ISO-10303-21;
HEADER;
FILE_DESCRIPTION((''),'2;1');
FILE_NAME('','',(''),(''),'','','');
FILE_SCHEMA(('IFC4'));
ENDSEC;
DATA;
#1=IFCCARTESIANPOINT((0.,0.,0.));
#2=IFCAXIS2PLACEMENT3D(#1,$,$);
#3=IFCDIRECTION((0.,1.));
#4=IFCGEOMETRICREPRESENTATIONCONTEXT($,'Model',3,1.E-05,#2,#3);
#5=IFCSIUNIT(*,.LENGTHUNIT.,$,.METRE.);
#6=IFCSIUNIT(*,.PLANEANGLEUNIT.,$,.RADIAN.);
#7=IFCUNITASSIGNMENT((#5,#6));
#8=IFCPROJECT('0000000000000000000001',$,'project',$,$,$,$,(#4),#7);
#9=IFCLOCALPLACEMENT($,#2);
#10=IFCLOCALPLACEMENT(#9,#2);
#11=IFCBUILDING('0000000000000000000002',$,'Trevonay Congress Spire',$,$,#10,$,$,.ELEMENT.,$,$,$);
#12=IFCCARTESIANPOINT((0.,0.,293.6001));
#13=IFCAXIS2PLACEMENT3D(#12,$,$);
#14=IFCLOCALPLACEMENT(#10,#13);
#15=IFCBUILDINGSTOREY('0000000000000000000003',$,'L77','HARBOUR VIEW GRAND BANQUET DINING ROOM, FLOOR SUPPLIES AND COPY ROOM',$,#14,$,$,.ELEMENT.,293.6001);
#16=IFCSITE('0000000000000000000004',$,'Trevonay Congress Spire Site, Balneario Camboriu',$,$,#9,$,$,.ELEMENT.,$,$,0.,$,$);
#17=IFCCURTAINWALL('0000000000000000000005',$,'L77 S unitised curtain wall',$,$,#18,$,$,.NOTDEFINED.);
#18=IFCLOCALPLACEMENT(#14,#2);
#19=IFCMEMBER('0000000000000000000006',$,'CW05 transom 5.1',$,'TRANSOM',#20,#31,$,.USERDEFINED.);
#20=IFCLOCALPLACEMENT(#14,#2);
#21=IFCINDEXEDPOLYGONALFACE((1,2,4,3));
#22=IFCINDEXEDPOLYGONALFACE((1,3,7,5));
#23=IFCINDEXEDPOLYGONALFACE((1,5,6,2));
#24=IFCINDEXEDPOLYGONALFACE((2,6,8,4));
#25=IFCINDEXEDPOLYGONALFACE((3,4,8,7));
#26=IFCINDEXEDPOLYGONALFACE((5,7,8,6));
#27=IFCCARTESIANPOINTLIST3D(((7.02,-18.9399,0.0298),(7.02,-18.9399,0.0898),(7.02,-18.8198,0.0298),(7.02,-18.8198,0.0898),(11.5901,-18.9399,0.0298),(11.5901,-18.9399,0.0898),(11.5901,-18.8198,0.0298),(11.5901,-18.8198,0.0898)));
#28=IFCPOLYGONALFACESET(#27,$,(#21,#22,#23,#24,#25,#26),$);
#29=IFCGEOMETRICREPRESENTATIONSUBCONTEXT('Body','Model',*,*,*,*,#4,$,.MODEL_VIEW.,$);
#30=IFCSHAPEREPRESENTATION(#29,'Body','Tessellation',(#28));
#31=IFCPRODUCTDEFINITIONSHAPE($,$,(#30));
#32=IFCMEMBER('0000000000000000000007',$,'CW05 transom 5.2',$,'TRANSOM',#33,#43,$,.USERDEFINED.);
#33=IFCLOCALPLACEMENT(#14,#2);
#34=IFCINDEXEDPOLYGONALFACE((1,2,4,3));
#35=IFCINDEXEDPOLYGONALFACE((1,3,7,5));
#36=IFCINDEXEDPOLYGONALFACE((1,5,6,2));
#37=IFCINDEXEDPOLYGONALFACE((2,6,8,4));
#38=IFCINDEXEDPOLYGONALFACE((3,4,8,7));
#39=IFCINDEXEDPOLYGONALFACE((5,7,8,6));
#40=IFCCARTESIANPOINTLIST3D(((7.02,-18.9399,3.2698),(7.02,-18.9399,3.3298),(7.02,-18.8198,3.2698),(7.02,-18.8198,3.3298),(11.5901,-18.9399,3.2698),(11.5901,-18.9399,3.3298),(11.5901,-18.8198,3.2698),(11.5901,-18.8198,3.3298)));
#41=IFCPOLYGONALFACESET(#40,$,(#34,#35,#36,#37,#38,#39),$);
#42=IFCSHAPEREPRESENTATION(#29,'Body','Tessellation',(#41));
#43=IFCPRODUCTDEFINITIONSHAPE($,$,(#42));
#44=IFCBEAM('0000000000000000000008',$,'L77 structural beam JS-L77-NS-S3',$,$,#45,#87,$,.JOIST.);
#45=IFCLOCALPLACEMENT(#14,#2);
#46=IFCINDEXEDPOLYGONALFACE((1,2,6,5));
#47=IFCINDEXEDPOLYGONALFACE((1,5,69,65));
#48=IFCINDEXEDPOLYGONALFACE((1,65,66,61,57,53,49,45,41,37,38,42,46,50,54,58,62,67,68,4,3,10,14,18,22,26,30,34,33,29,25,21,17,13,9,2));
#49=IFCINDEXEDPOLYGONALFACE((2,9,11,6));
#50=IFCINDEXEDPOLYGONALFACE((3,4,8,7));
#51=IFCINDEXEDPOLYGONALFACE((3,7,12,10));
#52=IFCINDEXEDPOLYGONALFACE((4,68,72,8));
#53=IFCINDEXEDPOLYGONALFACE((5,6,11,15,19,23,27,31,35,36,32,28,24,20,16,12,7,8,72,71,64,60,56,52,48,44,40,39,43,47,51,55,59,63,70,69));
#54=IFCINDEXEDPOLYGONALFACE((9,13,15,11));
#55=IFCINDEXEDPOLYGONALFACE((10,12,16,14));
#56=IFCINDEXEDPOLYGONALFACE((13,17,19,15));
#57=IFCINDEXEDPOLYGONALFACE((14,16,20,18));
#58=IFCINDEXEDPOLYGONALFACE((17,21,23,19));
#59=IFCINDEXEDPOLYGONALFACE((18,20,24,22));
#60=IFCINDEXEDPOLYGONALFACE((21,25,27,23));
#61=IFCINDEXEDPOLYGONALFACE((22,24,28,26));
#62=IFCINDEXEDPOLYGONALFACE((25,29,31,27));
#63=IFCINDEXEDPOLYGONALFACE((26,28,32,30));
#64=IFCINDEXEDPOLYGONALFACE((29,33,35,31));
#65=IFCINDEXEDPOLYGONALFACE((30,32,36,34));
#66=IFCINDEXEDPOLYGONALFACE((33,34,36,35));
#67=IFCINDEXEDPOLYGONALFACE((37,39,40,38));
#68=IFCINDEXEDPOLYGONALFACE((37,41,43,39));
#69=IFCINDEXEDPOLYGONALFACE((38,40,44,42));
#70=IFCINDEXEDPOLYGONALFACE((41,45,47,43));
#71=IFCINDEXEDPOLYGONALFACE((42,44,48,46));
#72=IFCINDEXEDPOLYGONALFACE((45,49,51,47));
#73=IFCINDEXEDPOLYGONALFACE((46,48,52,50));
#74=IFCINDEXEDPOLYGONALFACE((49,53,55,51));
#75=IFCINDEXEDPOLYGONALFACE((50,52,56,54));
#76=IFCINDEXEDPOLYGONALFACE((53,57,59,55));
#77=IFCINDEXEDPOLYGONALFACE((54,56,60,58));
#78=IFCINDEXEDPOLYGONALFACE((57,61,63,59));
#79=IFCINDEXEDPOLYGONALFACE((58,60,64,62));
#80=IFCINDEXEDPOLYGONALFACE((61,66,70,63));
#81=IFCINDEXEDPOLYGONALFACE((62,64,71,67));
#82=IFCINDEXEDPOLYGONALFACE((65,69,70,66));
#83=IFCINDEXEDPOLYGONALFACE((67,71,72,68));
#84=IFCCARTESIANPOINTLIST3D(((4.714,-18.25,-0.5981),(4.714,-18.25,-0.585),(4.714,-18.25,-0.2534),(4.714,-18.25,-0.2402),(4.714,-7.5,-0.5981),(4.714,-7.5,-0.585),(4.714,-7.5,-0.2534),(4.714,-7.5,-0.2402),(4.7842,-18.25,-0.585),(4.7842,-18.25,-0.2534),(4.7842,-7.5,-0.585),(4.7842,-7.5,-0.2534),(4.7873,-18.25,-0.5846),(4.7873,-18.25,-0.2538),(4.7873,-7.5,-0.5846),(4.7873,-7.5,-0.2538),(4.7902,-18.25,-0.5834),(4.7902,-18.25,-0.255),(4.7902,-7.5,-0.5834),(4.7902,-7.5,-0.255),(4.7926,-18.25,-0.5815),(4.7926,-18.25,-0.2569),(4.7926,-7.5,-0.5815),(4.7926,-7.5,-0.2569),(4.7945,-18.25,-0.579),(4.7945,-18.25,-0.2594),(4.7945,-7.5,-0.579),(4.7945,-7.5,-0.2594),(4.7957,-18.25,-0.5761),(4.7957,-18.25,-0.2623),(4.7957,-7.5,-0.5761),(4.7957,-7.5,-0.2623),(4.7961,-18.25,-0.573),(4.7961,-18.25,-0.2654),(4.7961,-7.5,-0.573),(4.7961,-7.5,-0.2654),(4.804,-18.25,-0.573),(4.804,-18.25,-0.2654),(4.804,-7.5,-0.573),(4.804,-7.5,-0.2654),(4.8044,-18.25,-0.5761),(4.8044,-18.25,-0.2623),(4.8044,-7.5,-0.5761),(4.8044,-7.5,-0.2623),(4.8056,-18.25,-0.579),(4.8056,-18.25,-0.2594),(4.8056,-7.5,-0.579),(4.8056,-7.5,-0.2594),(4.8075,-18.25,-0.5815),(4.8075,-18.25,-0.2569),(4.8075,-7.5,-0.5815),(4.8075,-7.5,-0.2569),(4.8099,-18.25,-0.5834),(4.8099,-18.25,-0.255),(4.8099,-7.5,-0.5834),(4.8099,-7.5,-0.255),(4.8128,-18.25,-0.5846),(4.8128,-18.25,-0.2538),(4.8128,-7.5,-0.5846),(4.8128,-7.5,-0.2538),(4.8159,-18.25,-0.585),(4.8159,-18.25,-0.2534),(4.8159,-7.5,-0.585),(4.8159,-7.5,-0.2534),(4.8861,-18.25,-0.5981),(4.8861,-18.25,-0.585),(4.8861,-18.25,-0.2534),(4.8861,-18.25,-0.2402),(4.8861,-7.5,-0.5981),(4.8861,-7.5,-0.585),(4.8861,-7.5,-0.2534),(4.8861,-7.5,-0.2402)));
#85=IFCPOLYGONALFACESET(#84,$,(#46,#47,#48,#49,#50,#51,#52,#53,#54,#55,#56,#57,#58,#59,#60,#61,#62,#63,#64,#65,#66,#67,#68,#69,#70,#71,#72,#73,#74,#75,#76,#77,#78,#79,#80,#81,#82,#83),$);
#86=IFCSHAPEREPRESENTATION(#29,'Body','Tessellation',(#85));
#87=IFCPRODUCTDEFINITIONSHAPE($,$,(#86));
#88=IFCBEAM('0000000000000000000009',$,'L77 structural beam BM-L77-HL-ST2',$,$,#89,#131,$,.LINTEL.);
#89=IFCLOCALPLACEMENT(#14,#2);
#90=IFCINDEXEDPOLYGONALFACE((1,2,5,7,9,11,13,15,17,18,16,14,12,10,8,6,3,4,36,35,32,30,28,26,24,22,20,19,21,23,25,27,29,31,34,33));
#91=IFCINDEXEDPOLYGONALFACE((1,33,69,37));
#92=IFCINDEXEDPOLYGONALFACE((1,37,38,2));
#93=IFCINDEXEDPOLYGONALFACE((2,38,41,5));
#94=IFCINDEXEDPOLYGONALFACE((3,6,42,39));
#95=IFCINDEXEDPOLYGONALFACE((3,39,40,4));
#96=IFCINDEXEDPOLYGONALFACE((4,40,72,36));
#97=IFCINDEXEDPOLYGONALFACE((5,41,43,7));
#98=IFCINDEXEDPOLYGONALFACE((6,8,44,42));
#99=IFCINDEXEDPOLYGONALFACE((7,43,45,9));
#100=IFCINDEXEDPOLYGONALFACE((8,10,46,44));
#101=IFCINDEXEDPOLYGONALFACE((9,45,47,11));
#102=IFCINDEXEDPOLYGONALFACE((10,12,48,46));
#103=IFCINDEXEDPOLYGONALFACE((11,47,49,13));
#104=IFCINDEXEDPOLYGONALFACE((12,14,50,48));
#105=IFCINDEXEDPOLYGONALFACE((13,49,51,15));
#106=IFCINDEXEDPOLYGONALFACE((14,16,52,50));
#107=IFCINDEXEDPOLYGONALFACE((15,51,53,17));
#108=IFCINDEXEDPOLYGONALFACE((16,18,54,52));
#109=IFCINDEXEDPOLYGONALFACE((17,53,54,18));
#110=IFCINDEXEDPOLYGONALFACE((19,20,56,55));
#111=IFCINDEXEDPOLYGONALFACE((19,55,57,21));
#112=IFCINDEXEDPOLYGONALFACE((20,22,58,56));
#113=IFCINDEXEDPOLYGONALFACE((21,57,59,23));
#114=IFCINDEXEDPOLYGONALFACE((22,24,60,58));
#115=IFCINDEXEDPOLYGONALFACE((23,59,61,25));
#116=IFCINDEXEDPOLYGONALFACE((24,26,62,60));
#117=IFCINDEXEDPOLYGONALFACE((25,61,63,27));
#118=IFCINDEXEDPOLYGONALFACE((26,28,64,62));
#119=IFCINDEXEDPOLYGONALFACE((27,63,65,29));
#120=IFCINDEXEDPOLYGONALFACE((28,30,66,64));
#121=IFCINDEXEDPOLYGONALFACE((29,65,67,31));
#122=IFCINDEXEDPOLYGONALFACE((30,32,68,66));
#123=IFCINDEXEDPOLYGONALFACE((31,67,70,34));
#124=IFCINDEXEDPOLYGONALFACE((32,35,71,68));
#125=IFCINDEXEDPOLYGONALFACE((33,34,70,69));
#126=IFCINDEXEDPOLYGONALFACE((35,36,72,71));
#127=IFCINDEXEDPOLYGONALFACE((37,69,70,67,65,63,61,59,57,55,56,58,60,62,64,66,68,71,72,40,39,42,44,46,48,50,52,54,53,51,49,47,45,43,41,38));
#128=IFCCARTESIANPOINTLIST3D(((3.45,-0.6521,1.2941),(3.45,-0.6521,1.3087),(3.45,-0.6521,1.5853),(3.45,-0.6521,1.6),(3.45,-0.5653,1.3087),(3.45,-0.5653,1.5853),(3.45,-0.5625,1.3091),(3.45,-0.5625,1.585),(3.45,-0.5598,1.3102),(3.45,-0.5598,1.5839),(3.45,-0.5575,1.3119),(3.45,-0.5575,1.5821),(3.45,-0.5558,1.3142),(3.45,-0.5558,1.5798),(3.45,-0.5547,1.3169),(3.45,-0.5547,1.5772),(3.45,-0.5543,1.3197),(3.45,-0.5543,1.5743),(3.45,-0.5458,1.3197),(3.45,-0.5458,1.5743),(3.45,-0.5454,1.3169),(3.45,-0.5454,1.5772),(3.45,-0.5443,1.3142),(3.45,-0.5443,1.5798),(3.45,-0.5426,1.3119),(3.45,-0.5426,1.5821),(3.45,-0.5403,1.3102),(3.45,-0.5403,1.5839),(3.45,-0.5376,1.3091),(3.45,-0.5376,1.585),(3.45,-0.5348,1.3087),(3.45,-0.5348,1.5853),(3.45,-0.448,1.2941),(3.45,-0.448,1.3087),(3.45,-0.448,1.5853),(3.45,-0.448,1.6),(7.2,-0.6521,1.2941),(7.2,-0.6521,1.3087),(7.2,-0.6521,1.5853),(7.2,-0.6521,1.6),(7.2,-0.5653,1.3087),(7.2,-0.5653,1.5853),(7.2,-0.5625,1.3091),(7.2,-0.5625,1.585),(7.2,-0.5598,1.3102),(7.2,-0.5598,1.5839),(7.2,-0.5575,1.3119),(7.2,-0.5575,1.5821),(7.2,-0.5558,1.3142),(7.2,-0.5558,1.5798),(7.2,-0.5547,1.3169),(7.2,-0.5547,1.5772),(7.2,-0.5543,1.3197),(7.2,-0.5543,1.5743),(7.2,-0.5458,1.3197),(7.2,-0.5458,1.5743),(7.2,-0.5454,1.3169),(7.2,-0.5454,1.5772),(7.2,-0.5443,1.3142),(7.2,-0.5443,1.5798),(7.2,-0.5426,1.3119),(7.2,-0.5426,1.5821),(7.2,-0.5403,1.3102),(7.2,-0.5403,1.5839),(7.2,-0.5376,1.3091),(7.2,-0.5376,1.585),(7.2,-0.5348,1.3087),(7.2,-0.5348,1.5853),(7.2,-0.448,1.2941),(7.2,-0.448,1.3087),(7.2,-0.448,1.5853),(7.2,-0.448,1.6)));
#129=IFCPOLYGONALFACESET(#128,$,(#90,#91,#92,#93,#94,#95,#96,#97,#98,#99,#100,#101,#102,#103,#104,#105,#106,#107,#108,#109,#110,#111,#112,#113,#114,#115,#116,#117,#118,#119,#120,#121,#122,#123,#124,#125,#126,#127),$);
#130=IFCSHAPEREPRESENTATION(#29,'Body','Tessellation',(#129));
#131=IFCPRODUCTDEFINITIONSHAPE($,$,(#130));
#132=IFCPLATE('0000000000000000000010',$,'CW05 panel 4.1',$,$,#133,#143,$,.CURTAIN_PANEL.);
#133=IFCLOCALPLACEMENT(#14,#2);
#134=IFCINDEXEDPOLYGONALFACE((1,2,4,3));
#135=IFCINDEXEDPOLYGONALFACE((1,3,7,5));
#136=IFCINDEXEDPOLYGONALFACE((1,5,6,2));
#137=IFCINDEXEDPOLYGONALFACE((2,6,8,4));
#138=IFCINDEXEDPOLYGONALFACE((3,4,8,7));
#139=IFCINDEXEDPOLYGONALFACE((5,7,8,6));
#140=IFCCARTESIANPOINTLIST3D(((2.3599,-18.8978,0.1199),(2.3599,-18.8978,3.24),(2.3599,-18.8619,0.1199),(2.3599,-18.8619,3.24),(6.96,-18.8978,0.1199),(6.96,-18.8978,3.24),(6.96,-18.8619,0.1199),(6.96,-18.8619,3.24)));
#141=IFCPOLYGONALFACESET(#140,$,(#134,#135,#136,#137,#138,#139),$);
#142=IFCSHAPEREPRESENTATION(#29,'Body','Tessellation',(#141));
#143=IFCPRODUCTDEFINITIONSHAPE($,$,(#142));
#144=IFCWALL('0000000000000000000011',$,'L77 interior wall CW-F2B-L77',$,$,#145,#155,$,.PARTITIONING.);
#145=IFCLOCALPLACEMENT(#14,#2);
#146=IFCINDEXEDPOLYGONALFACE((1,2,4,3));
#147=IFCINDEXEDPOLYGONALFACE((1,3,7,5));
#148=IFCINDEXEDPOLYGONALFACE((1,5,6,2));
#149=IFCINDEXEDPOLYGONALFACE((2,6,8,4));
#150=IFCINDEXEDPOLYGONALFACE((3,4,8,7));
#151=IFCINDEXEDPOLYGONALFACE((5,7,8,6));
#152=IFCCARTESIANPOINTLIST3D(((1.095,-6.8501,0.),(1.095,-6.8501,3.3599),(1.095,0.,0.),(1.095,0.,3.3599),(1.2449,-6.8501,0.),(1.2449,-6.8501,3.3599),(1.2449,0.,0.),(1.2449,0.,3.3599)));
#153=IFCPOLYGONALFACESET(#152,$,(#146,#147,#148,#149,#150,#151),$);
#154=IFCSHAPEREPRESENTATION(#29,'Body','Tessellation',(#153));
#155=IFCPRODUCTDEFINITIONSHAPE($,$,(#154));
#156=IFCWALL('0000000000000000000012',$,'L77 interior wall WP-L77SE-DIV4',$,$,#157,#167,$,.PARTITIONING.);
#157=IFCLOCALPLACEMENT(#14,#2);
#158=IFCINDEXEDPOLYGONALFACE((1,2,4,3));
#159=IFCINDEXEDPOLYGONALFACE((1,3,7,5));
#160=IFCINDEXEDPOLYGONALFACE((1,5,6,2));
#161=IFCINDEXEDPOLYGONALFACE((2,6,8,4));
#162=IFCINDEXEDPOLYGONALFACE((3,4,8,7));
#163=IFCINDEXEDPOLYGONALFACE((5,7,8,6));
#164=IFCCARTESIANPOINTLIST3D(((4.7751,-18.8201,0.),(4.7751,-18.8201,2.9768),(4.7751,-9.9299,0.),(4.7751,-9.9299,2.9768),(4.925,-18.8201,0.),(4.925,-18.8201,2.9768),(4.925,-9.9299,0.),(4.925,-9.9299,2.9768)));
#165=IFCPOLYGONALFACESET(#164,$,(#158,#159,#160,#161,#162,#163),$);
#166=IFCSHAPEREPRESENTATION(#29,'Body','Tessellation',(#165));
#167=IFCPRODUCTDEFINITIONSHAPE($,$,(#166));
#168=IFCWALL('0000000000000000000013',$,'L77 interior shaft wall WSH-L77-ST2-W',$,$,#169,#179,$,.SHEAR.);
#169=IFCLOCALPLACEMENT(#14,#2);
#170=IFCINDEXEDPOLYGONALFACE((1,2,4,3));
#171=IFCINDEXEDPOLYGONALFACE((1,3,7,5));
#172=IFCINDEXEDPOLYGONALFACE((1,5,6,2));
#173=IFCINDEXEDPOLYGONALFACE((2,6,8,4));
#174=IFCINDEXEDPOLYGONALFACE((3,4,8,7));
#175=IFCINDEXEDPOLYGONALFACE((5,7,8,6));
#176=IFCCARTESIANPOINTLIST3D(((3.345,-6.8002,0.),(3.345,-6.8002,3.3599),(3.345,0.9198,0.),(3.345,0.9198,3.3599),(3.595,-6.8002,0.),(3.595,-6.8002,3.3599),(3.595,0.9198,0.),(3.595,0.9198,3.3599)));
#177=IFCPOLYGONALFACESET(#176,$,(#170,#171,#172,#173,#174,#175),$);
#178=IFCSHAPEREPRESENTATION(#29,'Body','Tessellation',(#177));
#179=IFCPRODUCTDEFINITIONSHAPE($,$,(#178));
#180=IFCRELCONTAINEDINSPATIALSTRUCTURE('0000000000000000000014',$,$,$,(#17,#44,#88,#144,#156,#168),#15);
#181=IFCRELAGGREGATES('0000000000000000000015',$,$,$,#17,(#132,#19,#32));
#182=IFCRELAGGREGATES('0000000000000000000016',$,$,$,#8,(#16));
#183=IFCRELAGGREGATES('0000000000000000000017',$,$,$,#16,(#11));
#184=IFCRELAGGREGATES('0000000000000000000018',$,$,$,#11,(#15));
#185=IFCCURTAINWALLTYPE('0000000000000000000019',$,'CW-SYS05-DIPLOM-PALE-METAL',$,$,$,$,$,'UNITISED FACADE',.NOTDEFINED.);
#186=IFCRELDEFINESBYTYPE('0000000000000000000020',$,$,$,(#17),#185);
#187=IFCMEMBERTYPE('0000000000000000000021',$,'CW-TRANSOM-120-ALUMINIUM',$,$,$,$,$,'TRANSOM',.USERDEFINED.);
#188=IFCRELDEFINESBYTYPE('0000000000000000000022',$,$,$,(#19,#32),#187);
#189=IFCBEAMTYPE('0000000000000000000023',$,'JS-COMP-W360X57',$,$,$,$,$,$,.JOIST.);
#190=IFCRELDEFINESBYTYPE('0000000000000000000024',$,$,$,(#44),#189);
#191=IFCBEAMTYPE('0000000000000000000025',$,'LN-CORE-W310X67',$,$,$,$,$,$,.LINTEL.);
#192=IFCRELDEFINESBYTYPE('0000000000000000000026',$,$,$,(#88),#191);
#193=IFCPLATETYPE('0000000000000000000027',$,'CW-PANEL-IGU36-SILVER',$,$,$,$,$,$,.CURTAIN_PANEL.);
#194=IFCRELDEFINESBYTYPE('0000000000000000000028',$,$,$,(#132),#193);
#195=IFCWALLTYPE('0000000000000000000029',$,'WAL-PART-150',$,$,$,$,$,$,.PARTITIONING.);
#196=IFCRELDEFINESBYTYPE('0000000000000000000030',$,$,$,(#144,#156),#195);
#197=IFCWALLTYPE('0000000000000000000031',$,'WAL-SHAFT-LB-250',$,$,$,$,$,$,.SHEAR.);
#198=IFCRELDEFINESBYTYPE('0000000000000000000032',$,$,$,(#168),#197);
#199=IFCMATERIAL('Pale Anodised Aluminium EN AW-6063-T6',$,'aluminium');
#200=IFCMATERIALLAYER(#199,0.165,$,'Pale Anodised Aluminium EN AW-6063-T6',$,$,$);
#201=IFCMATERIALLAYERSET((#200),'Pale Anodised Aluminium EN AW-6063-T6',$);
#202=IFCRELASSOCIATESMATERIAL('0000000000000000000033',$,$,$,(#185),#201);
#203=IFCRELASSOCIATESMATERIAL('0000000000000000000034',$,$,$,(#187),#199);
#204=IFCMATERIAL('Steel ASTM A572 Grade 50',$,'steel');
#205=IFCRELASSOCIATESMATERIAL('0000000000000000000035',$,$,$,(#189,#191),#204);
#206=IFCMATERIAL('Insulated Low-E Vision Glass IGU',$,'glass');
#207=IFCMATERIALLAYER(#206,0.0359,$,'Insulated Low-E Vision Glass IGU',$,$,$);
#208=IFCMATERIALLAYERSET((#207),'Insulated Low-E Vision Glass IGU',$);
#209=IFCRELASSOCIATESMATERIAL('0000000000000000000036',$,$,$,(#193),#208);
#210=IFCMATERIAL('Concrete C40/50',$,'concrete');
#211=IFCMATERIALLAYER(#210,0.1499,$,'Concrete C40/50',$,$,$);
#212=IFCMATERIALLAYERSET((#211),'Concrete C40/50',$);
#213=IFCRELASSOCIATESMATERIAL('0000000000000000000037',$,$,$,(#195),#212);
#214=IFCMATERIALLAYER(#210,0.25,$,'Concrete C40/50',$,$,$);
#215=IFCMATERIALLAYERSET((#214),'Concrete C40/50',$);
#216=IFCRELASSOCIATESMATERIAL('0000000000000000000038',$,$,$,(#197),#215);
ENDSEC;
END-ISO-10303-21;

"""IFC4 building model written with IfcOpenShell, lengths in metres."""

from ifc_helpers import new_model, si_unit, direction, frame, frame_2d, origin, origin_2d, place, context, subcontext, project, spatial, rectangle, i_section, extrude, material, layer, layer_set, material_profile, profile_set, type_object, element, aggregate, save


model = new_model("IFC4")

# Units and contexts
model_context = context("Model", 3, precision=1e-05, world=origin(), true_north=direction((0.0, 1.0)))
body_context = subcontext(model_context, "Body", "Model", "MODEL_VIEW")
ifc_project = project(units=[si_unit("LENGTHUNIT", "METRE"), si_unit("PLANEANGLEUNIT", "RADIAN")], contexts=[model_context])

# Site, building, storey
site_placement = place(None, origin())
site = spatial("IfcSite", under=ifc_project, at=site_placement, Name="Trevonay Congress Spire Site, Balneario Camboriu", CompositionType="ELEMENT", RefElevation=0.0)
building_placement = place(site_placement, origin())
building = spatial("IfcBuilding", under=site, at=building_placement, Name="Trevonay Congress Spire", CompositionType="ELEMENT")
storey_placement = place(building_placement, frame((0.0, 0.0, 293.6001)))
storey = spatial("IfcBuildingStorey", under=building, at=storey_placement, Name="L77", Description="HARBOUR VIEW GRAND BANQUET DINING ROOM, FLOOR SUPPLIES AND COPY ROOM", CompositionType="ELEMENT", Elevation=293.6001)

# Shared definitions
ifc_material_1 = material(Name="Steel ASTM A572 Grade 50", Category="steel")

# Curtain wall, members
ifc_material_2 = material(Name="Pale Anodised Aluminium EN AW-6063-T6", Category="aluminium")
ifc_layer_1 = layer(ifc_material_2, 0.165, Name="Pale Anodised Aluminium EN AW-6063-T6")
ifc_layer_set_1 = layer_set([ifc_layer_1], Name="Pale Anodised Aluminium EN AW-6063-T6")
curtain_wall_type = type_object("IfcCurtainWallType", Name="CW-SYS05-DIPLOM-PALE-METAL", ElementType="UNITISED FACADE", PredefinedType="NOTDEFINED", material=ifc_layer_set_1)
curtain_wall_placement = place(storey_placement, origin())
curtain_wall = element("IfcCurtainWall", 1, at=curtain_wall_placement, inside=storey, type_object=curtain_wall_type, Name="L77 S unitised curtain wall", PredefinedType="NOTDEFINED")
ifc_material_profile_1 = material_profile(ifc_material_2, rectangle(XDim=0.1201, YDim=0.0601, at=origin_2d()), Name="CW-TRANSOM-120-ALUMINIUM")
ifc_profile_set_1 = profile_set([ifc_material_profile_1], Name="Pale Anodised Aluminium EN AW-6063-T6")
member_type_1 = type_object("IfcMemberType", Name="CW-TRANSOM-120-ALUMINIUM", ElementType="TRANSOM", PredefinedType="USERDEFINED", material=ifc_profile_set_1)
member_1_placement = place(storey_placement, frame((7.02, -18.8799, 0.0598), z_axis=(1.0, 0.0, 0.0), x_axis=(0.0, 1.0, 0.0)))
member_1 = element("IfcMember", 2, at=member_1_placement, type_object=member_type_1, Name="CW05 transom 5.1", ObjectType="TRANSOM", PredefinedType="USERDEFINED", context=body_context, shape_type="SweptSolid", body=[
    extrude(rectangle(XDim=0.1201, YDim=0.0601, at=origin_2d()), origin(), (0.0, 0.0, 1.0), 4.5701),
])
member_2_placement = place(storey_placement, frame((7.02, -18.8799, 3.2998), z_axis=(1.0, 0.0, 0.0), x_axis=(0.0, 1.0, 0.0)))
member_2 = element("IfcMember", 3, at=member_2_placement, type_object=member_type_1, Name="CW05 transom 5.2", ObjectType="TRANSOM", PredefinedType="USERDEFINED", context=body_context, shape_type="SweptSolid", body=[
    extrude(rectangle(XDim=0.1201, YDim=0.0601, at=origin_2d()), origin(), (0.0, 0.0, 1.0), 4.5701),
])

# Beams
ifc_material_profile_2 = material_profile(ifc_material_1, i_section(OverallWidth=0.1721, OverallDepth=0.3579, WebThickness=0.0078, FlangeThickness=0.0132, FilletRadius=0.012, at=origin_2d()), Name="W360x57.8")
ifc_profile_set_2 = profile_set([ifc_material_profile_2], Name="Steel ASTM A572 Grade 50")
beam_type_1 = type_object("IfcBeamType", Name="JS-COMP-W360X57", PredefinedType="JOIST", material=ifc_profile_set_2)
beam_1_placement = place(storey_placement, frame((4.8, -18.25, -0.4192), z_axis=(0.0, 1.0, 0.0), x_axis=(-1.0, 0.0, 0.0)))
element("IfcBeam", 4, at=beam_1_placement, inside=storey, type_object=beam_type_1, Name="L77 structural beam JS-L77-NS-S3", PredefinedType="JOIST", context=body_context, shape_type="SweptSolid", body=[
    extrude(i_section(OverallWidth=0.1721, OverallDepth=0.3579, WebThickness=0.0078, FlangeThickness=0.0132, FilletRadius=0.012, at=origin_2d()), origin(), (0.0, 0.0, 1.0), 10.75),
])
ifc_material_profile_3 = material_profile(ifc_material_1, i_section(OverallWidth=0.2041, OverallDepth=0.3059, WebThickness=0.0085, FlangeThickness=0.0146, FilletRadius=0.011, at=origin_2d()), Name="W310x67")
ifc_profile_set_3 = profile_set([ifc_material_profile_3], Name="Steel ASTM A572 Grade 50")
beam_type_2 = type_object("IfcBeamType", Name="LN-CORE-W310X67", PredefinedType="LINTEL", material=ifc_profile_set_3)
beam_2_placement = place(storey_placement, frame((3.45, -0.55, 1.447), z_axis=(1.0, 0.0, 0.0), x_axis=(0.0, 1.0, 0.0)))
element("IfcBeam", 5, at=beam_2_placement, inside=storey, type_object=beam_type_2, Name="L77 structural beam BM-L77-HL-ST2", PredefinedType="LINTEL", context=body_context, shape_type="SweptSolid", body=[
    extrude(i_section(OverallWidth=0.2041, OverallDepth=0.3059, WebThickness=0.0085, FlangeThickness=0.0146, FilletRadius=0.011, at=origin_2d()), origin(), (0.0, 0.0, 1.0), 3.75),
])

# Plate
ifc_material_3 = material(Name="Insulated Low-E Vision Glass IGU", Category="glass")
ifc_layer_2 = layer(ifc_material_3, 0.0359, Name="Insulated Low-E Vision Glass IGU")
ifc_layer_set_2 = layer_set([ifc_layer_2], Name="Insulated Low-E Vision Glass IGU")
plate_type = type_object("IfcPlateType", Name="CW-PANEL-IGU36-SILVER", PredefinedType="CURTAIN_PANEL", material=ifc_layer_set_2)
plate_placement = place(storey_placement, frame((4.6599, -18.8799, 0.1199), z_axis=(0.0, 0.0, 1.0), x_axis=(1.0, 0.0, 0.0)))
plate = element("IfcPlate", 6, at=plate_placement, type_object=plate_type, Name="CW05 panel 4.1", PredefinedType="CURTAIN_PANEL", context=body_context, shape_type="SweptSolid", body=[
    extrude(rectangle(XDim=4.6001, YDim=0.0359, at=origin_2d()), origin(), (0.0, 0.0, 1.0), 3.1201),
])
aggregate(curtain_wall, [plate, member_1, member_2])

# Walls
ifc_material_4 = material(Name="Concrete C40/50", Category="concrete")
ifc_layer_3 = layer(ifc_material_4, 0.1499, Name="Concrete C40/50")
ifc_layer_set_3 = layer_set([ifc_layer_3], Name="Concrete C40/50")
wall_type_1 = type_object("IfcWallType", Name="WAL-PART-150", PredefinedType="PARTITIONING", material=ifc_layer_set_3)
wall_1_placement = place(storey_placement, frame((1.1699, -6.8501, 0.0), z_axis=(0.0, 0.0, 1.0), x_axis=(0.0, 1.0, 0.0)))
element("IfcWall", 7, at=wall_1_placement, inside=storey, type_object=wall_type_1, Name="L77 interior wall CW-F2B-L77", PredefinedType="PARTITIONING", context=body_context, shape_type="SweptSolid", body=[
    extrude(rectangle(XDim=6.8501, YDim=0.1499, at=frame_2d((3.425, 0.0))), origin(), (0.0, 0.0, 1.0), 3.3599),
])
wall_2_placement = place(storey_placement, frame((4.8501, -18.8201, 0.0), z_axis=(0.0, 0.0, 1.0), x_axis=(0.0, 1.0, 0.0)))
element("IfcWall", 8, at=wall_2_placement, inside=storey, type_object=wall_type_1, Name="L77 interior wall WP-L77SE-DIV4", PredefinedType="PARTITIONING", context=body_context, shape_type="SweptSolid", body=[
    extrude(rectangle(XDim=8.8901, YDim=0.1499, at=frame_2d((4.4451, 0.0))), origin(), (0.0, 0.0, 1.0), 2.9768),
])
ifc_layer_4 = layer(ifc_material_4, 0.25, Name="Concrete C40/50")
ifc_layer_set_4 = layer_set([ifc_layer_4], Name="Concrete C40/50")
wall_type_2 = type_object("IfcWallType", Name="WAL-SHAFT-LB-250", PredefinedType="SHEAR", material=ifc_layer_set_4)
wall_3_placement = place(storey_placement, frame((3.47, -6.8, 0.0), z_axis=(0.0, 0.0, 1.0), x_axis=(0.0, 1.0, 0.0)))
element("IfcWall", 9, at=wall_3_placement, inside=storey, type_object=wall_type_2, Name="L77 interior shaft wall WSH-L77-ST2-W", PredefinedType="SHEAR", context=body_context, shape_type="SweptSolid", body=[
    extrude(rectangle(XDim=7.72, YDim=0.25, at=frame_2d((3.8599, 0.0))), origin(), (0.0, 0.0, 1.0), 3.3599),
])

save(model, "model.ifc")
